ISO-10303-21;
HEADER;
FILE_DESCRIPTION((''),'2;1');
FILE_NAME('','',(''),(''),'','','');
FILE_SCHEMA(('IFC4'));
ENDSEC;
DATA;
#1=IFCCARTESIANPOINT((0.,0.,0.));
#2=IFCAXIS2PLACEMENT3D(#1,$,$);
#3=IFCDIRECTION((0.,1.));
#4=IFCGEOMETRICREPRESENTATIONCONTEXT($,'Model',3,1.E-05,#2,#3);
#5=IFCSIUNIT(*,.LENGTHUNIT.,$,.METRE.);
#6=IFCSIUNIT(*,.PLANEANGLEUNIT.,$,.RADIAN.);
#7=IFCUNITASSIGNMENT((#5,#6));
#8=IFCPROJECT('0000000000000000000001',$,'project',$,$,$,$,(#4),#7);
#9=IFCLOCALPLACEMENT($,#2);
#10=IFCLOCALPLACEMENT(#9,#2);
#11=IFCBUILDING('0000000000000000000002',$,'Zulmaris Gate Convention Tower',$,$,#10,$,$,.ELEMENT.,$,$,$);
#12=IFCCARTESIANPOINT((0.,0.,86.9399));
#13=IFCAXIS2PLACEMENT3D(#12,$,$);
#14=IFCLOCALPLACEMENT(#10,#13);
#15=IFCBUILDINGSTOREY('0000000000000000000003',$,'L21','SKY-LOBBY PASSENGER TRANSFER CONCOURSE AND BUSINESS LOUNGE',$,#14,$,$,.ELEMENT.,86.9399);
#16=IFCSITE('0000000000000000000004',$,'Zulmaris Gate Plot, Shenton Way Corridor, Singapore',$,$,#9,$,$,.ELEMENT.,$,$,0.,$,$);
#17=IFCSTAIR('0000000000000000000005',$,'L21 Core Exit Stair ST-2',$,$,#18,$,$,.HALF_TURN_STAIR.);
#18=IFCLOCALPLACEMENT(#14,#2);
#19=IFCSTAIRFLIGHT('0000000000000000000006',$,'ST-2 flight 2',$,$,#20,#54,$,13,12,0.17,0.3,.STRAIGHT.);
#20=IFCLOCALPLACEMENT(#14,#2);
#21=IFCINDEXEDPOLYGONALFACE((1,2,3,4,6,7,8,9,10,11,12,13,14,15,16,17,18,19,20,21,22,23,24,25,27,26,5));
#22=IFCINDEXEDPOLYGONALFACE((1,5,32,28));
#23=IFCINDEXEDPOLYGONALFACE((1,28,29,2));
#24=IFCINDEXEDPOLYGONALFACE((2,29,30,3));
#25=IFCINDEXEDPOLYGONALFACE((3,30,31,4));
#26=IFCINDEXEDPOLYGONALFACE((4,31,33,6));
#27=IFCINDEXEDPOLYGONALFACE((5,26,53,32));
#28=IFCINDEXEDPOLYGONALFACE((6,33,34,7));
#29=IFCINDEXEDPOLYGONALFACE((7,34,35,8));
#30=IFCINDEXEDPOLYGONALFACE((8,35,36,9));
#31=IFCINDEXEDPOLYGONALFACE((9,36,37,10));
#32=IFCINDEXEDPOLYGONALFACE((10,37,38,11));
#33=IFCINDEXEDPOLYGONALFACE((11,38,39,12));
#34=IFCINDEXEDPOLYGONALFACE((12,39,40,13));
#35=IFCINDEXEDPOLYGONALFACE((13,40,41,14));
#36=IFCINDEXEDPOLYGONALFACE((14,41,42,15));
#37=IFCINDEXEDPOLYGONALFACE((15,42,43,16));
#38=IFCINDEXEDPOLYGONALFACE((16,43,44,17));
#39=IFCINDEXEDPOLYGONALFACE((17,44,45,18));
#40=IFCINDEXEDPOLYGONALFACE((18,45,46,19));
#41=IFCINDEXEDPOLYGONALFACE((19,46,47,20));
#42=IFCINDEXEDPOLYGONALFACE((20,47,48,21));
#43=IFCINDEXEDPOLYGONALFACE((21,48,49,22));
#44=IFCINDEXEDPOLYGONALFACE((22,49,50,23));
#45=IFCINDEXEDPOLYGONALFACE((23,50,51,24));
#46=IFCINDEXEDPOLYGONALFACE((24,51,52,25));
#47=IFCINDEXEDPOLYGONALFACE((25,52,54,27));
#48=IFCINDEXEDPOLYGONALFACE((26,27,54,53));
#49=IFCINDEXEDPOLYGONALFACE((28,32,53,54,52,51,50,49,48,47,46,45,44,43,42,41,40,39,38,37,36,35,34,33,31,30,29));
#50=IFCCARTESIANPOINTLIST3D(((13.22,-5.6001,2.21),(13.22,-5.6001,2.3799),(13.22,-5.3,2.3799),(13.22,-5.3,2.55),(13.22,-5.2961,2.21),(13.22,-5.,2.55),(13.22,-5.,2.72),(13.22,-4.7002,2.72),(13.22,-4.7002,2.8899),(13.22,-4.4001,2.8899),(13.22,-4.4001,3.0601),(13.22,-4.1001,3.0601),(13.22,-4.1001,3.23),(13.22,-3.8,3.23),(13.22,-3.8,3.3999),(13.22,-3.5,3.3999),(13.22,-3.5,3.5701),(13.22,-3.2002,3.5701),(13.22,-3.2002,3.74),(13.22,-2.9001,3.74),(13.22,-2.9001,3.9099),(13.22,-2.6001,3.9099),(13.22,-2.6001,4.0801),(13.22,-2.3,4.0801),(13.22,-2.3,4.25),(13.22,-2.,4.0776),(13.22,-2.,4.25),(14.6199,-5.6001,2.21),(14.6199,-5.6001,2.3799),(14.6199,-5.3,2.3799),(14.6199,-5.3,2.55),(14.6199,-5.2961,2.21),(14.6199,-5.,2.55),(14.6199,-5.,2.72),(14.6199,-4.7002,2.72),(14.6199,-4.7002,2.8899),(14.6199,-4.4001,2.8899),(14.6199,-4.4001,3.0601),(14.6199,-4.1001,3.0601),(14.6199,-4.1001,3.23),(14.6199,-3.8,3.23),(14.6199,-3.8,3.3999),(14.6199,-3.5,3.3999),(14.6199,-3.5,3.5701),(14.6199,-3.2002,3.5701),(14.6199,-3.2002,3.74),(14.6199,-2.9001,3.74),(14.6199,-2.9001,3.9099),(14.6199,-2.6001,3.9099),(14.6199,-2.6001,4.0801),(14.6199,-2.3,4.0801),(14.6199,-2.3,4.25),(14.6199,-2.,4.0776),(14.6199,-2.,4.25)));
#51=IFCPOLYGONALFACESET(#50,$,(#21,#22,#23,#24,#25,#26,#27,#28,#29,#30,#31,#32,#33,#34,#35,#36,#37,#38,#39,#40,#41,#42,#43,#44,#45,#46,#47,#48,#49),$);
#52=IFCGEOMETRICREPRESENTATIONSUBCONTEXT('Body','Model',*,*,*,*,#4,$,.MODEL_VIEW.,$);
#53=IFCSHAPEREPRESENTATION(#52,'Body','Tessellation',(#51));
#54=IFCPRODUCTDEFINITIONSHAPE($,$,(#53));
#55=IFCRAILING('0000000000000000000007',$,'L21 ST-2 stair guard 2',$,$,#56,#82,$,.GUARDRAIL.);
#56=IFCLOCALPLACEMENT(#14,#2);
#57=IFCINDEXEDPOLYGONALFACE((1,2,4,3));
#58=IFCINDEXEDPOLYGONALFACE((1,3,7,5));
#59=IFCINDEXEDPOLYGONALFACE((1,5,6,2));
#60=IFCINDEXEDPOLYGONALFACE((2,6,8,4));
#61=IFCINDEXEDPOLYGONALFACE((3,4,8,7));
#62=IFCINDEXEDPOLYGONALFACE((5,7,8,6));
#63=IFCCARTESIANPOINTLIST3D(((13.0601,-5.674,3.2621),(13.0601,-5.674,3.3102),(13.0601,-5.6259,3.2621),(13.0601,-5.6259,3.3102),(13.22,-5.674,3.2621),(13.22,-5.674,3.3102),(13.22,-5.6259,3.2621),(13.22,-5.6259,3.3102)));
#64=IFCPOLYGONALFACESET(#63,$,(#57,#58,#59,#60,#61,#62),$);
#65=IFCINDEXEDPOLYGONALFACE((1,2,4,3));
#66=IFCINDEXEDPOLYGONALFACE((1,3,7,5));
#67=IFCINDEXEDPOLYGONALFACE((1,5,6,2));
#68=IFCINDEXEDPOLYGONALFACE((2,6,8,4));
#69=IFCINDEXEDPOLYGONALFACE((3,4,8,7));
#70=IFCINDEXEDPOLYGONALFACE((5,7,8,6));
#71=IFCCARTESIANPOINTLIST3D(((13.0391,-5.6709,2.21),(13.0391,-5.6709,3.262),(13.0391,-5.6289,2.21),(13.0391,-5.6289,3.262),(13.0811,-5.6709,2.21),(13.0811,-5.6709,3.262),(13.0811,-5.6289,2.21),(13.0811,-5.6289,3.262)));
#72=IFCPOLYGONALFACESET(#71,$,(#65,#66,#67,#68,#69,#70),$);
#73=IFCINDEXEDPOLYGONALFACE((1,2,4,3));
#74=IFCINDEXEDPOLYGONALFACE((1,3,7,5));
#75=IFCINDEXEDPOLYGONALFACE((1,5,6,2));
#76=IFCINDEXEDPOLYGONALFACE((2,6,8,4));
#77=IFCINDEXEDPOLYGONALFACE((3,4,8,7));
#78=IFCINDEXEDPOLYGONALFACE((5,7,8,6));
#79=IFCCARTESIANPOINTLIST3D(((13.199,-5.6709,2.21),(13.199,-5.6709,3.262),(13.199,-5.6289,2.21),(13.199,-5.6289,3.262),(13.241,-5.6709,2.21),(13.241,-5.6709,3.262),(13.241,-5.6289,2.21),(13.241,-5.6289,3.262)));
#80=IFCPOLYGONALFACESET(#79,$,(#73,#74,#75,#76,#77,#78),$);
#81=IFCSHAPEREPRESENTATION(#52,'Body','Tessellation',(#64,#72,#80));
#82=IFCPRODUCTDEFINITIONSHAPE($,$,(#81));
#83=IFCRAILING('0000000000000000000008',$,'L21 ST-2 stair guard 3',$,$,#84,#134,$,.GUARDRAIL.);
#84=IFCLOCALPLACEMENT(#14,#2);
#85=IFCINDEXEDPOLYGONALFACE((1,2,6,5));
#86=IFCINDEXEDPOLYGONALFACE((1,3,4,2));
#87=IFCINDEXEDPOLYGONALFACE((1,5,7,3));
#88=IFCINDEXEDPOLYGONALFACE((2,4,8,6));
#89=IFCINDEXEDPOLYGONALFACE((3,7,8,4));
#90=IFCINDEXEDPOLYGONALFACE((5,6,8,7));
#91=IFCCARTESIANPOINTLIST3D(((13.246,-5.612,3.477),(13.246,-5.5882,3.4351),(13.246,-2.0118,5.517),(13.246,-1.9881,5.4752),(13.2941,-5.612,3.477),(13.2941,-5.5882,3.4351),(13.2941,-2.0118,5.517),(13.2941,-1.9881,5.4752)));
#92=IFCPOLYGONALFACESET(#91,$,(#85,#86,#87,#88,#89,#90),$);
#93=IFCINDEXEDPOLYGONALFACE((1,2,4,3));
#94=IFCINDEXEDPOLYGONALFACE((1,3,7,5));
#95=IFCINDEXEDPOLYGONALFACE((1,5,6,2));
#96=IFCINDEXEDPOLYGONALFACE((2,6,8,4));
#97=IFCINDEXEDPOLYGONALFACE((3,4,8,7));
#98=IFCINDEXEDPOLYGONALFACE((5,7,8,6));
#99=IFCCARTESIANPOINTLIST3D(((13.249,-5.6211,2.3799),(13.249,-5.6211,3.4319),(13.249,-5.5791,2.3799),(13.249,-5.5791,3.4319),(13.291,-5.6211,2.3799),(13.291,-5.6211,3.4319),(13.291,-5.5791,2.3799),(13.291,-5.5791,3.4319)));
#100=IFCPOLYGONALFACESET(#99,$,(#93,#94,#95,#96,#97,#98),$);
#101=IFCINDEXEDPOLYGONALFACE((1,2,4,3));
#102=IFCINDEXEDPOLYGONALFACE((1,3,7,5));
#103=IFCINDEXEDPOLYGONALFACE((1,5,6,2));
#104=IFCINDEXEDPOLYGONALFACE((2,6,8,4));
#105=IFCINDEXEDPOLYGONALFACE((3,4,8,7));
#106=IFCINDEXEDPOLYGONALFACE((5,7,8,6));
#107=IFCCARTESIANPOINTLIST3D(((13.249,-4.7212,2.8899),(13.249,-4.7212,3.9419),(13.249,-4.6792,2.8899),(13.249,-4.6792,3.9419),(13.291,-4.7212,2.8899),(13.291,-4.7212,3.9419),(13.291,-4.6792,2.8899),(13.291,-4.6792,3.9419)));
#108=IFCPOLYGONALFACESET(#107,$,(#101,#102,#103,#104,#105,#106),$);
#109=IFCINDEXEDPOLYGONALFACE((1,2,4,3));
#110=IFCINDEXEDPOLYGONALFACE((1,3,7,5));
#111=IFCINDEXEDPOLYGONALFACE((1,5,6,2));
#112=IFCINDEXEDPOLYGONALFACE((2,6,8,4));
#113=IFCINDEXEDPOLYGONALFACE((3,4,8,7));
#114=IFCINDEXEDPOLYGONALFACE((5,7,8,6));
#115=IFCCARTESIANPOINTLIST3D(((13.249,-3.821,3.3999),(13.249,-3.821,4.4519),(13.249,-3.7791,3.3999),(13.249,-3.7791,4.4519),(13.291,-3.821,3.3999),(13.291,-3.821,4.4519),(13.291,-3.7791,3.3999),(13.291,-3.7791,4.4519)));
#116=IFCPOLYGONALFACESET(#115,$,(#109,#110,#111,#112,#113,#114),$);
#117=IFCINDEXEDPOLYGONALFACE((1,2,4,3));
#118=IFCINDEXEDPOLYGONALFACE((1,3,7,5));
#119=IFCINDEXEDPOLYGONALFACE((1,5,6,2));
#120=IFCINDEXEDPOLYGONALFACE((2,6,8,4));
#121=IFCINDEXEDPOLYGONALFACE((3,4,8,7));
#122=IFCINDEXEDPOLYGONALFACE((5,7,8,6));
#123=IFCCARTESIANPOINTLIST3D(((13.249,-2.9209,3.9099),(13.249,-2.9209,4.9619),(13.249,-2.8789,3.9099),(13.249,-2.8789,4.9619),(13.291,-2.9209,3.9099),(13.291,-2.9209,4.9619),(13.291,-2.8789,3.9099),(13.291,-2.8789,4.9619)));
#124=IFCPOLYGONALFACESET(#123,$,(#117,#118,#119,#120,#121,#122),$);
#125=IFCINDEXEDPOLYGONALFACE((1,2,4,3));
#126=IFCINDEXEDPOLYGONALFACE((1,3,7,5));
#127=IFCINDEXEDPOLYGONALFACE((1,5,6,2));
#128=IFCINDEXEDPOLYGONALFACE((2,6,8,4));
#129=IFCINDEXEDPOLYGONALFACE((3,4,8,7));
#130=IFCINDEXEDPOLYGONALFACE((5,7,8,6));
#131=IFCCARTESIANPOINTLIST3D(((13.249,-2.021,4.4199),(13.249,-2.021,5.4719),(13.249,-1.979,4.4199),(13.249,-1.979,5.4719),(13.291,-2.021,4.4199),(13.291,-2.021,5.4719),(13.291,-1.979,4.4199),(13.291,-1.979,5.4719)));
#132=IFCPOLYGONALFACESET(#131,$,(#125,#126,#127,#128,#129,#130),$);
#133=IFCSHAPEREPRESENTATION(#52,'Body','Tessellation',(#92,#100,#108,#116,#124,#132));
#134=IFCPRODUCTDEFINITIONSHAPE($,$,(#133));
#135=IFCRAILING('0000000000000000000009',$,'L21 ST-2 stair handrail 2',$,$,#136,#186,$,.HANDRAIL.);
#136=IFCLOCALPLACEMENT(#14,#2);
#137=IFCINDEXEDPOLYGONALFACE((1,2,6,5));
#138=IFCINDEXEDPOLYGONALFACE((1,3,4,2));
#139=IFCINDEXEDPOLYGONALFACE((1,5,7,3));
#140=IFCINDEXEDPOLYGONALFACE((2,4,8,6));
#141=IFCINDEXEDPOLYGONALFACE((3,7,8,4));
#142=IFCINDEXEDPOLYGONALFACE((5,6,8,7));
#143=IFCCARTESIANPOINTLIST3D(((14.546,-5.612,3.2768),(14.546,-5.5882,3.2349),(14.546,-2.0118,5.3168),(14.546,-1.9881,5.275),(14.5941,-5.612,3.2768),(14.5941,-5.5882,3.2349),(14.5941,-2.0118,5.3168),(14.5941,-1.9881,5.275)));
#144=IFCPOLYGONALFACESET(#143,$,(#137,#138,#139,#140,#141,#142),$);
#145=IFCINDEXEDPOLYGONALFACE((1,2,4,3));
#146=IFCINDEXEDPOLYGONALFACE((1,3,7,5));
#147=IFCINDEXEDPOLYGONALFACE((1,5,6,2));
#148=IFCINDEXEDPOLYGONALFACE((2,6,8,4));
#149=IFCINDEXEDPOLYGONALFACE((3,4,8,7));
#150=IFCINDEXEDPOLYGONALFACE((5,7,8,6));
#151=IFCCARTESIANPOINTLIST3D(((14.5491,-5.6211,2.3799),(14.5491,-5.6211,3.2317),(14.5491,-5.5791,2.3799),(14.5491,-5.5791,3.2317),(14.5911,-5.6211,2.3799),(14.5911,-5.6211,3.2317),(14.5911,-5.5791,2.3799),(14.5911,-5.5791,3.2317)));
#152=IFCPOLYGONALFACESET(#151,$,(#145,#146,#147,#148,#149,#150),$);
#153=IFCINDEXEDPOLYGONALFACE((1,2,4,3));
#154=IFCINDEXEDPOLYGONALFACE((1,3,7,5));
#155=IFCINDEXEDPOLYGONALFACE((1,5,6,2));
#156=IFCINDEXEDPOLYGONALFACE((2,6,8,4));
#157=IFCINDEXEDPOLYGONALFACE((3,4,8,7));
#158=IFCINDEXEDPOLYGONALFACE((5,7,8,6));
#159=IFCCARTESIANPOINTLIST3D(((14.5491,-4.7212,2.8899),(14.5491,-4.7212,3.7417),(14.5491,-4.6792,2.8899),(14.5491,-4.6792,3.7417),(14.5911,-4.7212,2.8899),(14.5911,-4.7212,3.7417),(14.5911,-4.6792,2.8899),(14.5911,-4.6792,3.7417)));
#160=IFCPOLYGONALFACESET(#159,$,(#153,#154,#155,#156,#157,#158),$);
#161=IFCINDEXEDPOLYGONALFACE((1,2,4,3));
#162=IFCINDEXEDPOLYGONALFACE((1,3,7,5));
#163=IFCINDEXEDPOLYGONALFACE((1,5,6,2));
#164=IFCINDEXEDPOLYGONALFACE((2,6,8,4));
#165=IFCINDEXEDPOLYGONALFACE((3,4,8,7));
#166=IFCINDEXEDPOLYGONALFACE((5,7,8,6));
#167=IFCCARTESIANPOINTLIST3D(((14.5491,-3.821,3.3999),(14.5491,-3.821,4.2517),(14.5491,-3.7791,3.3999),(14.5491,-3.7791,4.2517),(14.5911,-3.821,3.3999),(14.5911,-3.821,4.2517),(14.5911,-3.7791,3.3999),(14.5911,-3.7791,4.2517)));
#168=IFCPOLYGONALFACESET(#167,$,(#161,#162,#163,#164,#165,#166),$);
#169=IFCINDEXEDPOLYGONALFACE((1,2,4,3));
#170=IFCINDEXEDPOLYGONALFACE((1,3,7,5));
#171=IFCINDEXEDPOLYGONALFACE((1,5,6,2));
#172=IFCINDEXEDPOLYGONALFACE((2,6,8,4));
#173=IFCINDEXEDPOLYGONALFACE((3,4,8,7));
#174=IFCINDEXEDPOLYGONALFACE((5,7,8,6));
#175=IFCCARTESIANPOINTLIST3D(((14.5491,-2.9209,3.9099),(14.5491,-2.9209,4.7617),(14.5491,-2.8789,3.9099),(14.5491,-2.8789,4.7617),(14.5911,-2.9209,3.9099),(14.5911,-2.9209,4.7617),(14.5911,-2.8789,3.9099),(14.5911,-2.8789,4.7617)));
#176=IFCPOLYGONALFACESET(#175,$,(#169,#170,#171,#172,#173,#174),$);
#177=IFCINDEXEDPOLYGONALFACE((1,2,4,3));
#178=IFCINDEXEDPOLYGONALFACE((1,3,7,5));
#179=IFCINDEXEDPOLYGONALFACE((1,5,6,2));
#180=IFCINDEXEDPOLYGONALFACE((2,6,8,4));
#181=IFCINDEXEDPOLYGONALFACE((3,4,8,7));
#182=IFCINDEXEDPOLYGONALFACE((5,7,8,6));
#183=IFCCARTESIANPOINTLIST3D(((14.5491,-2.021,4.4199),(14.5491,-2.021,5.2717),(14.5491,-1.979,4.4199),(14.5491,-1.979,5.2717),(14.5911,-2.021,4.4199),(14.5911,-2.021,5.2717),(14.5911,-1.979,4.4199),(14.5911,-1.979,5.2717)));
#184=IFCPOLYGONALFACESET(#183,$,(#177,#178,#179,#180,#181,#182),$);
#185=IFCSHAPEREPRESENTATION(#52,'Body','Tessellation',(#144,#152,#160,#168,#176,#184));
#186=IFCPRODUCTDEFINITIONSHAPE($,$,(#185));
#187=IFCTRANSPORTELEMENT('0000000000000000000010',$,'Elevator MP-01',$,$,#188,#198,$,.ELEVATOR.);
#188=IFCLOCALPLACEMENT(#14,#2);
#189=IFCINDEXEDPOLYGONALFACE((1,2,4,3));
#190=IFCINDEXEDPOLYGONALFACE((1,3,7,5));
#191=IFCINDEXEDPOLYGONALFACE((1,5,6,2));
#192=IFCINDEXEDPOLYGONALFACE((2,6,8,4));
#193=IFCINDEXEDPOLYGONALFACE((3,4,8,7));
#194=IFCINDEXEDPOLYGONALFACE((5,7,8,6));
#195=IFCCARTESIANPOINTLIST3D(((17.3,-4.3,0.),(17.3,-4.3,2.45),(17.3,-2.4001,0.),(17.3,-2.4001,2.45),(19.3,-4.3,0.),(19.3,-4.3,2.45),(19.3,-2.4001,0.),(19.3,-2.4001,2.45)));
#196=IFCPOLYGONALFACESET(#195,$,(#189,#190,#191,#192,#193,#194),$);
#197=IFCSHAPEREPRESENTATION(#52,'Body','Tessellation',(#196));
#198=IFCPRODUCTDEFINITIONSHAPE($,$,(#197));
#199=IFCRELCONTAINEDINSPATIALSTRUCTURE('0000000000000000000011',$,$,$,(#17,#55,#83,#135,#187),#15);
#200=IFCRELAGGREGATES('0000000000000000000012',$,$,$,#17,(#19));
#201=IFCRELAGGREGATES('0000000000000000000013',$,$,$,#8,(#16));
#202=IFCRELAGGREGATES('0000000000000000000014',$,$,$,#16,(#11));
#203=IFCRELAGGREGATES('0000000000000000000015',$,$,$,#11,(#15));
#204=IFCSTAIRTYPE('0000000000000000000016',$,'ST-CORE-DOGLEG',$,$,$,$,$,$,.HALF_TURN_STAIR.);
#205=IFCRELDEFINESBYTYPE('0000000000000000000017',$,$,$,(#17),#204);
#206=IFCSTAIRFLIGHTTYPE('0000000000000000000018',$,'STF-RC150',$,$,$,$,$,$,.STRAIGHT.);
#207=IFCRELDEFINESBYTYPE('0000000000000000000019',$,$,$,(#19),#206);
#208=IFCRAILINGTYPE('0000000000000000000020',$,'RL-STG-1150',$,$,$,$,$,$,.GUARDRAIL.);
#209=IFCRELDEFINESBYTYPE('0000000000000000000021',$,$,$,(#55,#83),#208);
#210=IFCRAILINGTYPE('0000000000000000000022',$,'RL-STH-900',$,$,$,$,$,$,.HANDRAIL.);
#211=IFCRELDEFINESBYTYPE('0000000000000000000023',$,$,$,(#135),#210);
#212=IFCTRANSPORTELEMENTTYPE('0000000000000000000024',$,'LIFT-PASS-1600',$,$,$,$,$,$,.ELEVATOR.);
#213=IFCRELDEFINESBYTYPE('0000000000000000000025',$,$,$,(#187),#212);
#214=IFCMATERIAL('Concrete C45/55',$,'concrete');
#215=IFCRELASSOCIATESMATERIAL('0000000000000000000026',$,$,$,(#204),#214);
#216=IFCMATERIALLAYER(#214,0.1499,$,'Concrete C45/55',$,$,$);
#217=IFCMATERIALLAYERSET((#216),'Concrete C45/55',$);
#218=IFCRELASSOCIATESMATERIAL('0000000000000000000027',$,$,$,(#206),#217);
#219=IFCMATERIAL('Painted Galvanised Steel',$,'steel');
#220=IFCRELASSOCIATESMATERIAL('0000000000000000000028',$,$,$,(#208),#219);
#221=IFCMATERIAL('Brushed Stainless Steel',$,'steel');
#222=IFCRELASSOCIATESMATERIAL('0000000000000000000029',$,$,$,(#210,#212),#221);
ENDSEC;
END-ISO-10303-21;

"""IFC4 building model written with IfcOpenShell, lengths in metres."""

from ifc_helpers import new_model, si_unit, direction, frame, origin, origin_2d, place, context, subcontext, project, spatial, polyline, rectangle, outline, extrude, material, layer, layer_set, type_object, element, aggregate, save


model = new_model("IFC4")

# Units and contexts
model_context = context("Model", 3, precision=1e-05, world=origin(), true_north=direction((0.0, 1.0)))
body_context = subcontext(model_context, "Body", "Model", "MODEL_VIEW")
ifc_project = project(units=[si_unit("LENGTHUNIT", "METRE"), si_unit("PLANEANGLEUNIT", "RADIAN")], contexts=[model_context])

# Site, building, storey
site_placement = place(None, origin())
site = spatial("IfcSite", under=ifc_project, at=site_placement, Name="Zulmaris Gate Plot, Shenton Way Corridor, Singapore", CompositionType="ELEMENT", RefElevation=0.0)
building_placement = place(site_placement, origin())
building = spatial("IfcBuilding", under=site, at=building_placement, Name="Zulmaris Gate Convention Tower", CompositionType="ELEMENT")
storey_placement = place(building_placement, frame((0.0, 0.0, 86.9399)))
storey = spatial("IfcBuildingStorey", under=building, at=storey_placement, Name="L21", Description="SKY-LOBBY PASSENGER TRANSFER CONCOURSE AND BUSINESS LOUNGE", CompositionType="ELEMENT", Elevation=86.9399)

# Shared definitions
ifc_material_1 = material(Name="Brushed Stainless Steel", Category="steel")

# Stair, stair flight
ifc_material_2 = material(Name="Concrete C45/55", Category="concrete")
stair_type = type_object("IfcStairType", Name="ST-CORE-DOGLEG", PredefinedType="HALF_TURN_STAIR", material=ifc_material_2)
stair_placement = place(storey_placement, origin())
stair = element("IfcStair", 1, at=stair_placement, inside=storey, type_object=stair_type, Name="L21 Core Exit Stair ST-2", PredefinedType="HALF_TURN_STAIR")
ifc_layer_1 = layer(ifc_material_2, 0.1499, Name="Concrete C45/55")
ifc_layer_set_1 = layer_set([ifc_layer_1], Name="Concrete C45/55")
stair_flight_type = type_object("IfcStairFlightType", Name="STF-RC150", PredefinedType="STRAIGHT", material=ifc_layer_set_1)
stair_flight_placement = place(storey_placement, frame((13.9199, -5.6001, 2.21), z_axis=(0.0, 0.0, 1.0), x_axis=(0.0, 1.0, 0.0)))
stair_flight = element("IfcStairFlight", 2, at=stair_flight_placement, type_object=stair_flight_type, Name="ST-2 flight 2", NumberOfRisers=13, NumberOfTreads=12, PredefinedType="STRAIGHT", RiserHeight=0.17, TreadLength=0.3, context=body_context, shape_type="SweptSolid", body=[
    extrude(outline(polyline([(0.0, 0.0), (0.0, 0.1699), (0.3, 0.1699), (0.3, 0.3401), (0.6001, 0.3401), (0.6001, 0.51), (0.8999, 0.51), (0.8999, 0.6799), (1.2, 0.6799), (1.2, 0.8501), (1.5, 0.8501), (1.5, 1.02), (1.8, 1.02), (1.8, 1.1899), (2.1001, 1.1899), (2.1001, 1.3601), (2.3999, 1.3601), (2.3999, 1.53), (2.7, 1.53), (2.7, 1.7), (3.0, 1.7), (3.0, 1.8701), (3.3, 1.8701), (3.3, 2.04), (3.6001, 2.04), (3.6001, 2.21), (3.6001, 1.8677), (0.304, 0.0), (0.0, 0.0)])), frame((0.0, 0.7, 0.0), z_axis=(0.0, -1.0, 0.0), x_axis=(1.0, 0.0, 0.0)), (0.0, 0.0, 1.0), 1.3999),
])
aggregate(stair, [stair_flight])

# Railings
ifc_material_3 = material(Name="Painted Galvanised Steel", Category="steel")
railing_type_1 = type_object("IfcRailingType", Name="RL-STG-1150", PredefinedType="GUARDRAIL", material=ifc_material_3)
railing_1_placement = place(storey_placement, frame((13.0601, -5.6499, 2.21)))
element("IfcRailing", 3, at=railing_1_placement, inside=storey, type_object=railing_type_1, Name="L21 ST-2 stair guard 2", PredefinedType="GUARDRAIL", context=body_context, shape_type="SweptSolid", body=[
    extrude(rectangle(XDim=0.0481, YDim=0.0481, at=origin_2d()), frame((0.0, 0.0, 1.0762), z_axis=(1.0, 0.0, 0.0), x_axis=(0.0, 1.0, 0.0)), (0.0, 0.0, 1.0), 0.1599),
    extrude(rectangle(XDim=0.042, YDim=0.042, at=origin_2d()), origin(), (0.0, 0.0, 1.0), 1.052),
    extrude(rectangle(XDim=0.042, YDim=0.042, at=origin_2d()), frame((0.1599, 0.0, 0.0)), (0.0, 0.0, 1.0), 1.052),
])
railing_2_placement = place(storey_placement, frame((13.27, -5.6001, 2.3799)))
element("IfcRailing", 4, at=railing_2_placement, inside=storey, type_object=railing_type_1, Name="L21 ST-2 stair guard 3", PredefinedType="GUARDRAIL", context=body_context, shape_type="SweptSolid", body=[
    extrude(rectangle(XDim=0.0481, YDim=0.0481, at=origin_2d()), frame((0.0, 0.0, 1.0762), z_axis=(0.0, 0.870024, 0.49301), x_axis=(-1.0, 0.0, 0.0)), (0.0, 0.0, 1.0), 4.1379),
    extrude(rectangle(XDim=0.042, YDim=0.042, at=origin_2d()), origin(), (0.0, 0.0, 1.0), 1.052),
    extrude(rectangle(XDim=0.042, YDim=0.042, at=origin_2d()), frame((0.0, 0.8999, 0.51)), (0.0, 0.0, 1.0), 1.052),
    extrude(rectangle(XDim=0.042, YDim=0.042, at=origin_2d()), frame((0.0, 1.8, 1.02)), (0.0, 0.0, 1.0), 1.052),
    extrude(rectangle(XDim=0.042, YDim=0.042, at=origin_2d()), frame((0.0, 2.7002, 1.53)), (0.0, 0.0, 1.0), 1.052),
    extrude(rectangle(XDim=0.042, YDim=0.042, at=origin_2d()), frame((0.0, 3.6001, 2.04)), (0.0, 0.0, 1.0), 1.052),
])
railing_type_2 = type_object("IfcRailingType", Name="RL-STH-900", PredefinedType="HANDRAIL", material=ifc_material_1)
railing_3_placement = place(storey_placement, frame((14.5701, -5.6001, 2.3799)))
element("IfcRailing", 5, at=railing_3_placement, inside=storey, type_object=railing_type_2, Name="L21 ST-2 stair handrail 2", PredefinedType="HANDRAIL", context=body_context, shape_type="SweptSolid", body=[
    extrude(rectangle(XDim=0.0481, YDim=0.0481, at=origin_2d()), frame((0.0, 0.0, 0.876), z_axis=(0.0, 0.870024, 0.49301), x_axis=(-1.0, 0.0, 0.0)), (0.0, 0.0, 1.0), 4.1379),
    extrude(rectangle(XDim=0.042, YDim=0.042, at=origin_2d()), origin(), (0.0, 0.0, 1.0), 0.8518),
    extrude(rectangle(XDim=0.042, YDim=0.042, at=origin_2d()), frame((0.0, 0.8999, 0.51)), (0.0, 0.0, 1.0), 0.8518),
    extrude(rectangle(XDim=0.042, YDim=0.042, at=origin_2d()), frame((0.0, 1.8, 1.02)), (0.0, 0.0, 1.0), 0.8518),
    extrude(rectangle(XDim=0.042, YDim=0.042, at=origin_2d()), frame((0.0, 2.7002, 1.53)), (0.0, 0.0, 1.0), 0.8518),
    extrude(rectangle(XDim=0.042, YDim=0.042, at=origin_2d()), frame((0.0, 3.6001, 2.04)), (0.0, 0.0, 1.0), 0.8518),
])

# Transport element
transport_element_type = type_object("IfcTransportElementType", Name="LIFT-PASS-1600", PredefinedType="ELEVATOR", material=ifc_material_1)
transport_element_placement = place(storey_placement, frame((18.3, -3.3501, 0.0), z_axis=(0.0, 0.0, 1.0), x_axis=(1.0, 0.0, 0.0)))
element("IfcTransportElement", 6, at=transport_element_placement, inside=storey, type_object=transport_element_type, Name="Elevator MP-01", PredefinedType="ELEVATOR", context=body_context, shape_type="SweptSolid", body=[
    extrude(rectangle(XDim=2.0, YDim=1.8999, at=origin_2d()), origin(), (0.0, 0.0, 1.0), 2.45),
])

save(model, "model.ifc")
